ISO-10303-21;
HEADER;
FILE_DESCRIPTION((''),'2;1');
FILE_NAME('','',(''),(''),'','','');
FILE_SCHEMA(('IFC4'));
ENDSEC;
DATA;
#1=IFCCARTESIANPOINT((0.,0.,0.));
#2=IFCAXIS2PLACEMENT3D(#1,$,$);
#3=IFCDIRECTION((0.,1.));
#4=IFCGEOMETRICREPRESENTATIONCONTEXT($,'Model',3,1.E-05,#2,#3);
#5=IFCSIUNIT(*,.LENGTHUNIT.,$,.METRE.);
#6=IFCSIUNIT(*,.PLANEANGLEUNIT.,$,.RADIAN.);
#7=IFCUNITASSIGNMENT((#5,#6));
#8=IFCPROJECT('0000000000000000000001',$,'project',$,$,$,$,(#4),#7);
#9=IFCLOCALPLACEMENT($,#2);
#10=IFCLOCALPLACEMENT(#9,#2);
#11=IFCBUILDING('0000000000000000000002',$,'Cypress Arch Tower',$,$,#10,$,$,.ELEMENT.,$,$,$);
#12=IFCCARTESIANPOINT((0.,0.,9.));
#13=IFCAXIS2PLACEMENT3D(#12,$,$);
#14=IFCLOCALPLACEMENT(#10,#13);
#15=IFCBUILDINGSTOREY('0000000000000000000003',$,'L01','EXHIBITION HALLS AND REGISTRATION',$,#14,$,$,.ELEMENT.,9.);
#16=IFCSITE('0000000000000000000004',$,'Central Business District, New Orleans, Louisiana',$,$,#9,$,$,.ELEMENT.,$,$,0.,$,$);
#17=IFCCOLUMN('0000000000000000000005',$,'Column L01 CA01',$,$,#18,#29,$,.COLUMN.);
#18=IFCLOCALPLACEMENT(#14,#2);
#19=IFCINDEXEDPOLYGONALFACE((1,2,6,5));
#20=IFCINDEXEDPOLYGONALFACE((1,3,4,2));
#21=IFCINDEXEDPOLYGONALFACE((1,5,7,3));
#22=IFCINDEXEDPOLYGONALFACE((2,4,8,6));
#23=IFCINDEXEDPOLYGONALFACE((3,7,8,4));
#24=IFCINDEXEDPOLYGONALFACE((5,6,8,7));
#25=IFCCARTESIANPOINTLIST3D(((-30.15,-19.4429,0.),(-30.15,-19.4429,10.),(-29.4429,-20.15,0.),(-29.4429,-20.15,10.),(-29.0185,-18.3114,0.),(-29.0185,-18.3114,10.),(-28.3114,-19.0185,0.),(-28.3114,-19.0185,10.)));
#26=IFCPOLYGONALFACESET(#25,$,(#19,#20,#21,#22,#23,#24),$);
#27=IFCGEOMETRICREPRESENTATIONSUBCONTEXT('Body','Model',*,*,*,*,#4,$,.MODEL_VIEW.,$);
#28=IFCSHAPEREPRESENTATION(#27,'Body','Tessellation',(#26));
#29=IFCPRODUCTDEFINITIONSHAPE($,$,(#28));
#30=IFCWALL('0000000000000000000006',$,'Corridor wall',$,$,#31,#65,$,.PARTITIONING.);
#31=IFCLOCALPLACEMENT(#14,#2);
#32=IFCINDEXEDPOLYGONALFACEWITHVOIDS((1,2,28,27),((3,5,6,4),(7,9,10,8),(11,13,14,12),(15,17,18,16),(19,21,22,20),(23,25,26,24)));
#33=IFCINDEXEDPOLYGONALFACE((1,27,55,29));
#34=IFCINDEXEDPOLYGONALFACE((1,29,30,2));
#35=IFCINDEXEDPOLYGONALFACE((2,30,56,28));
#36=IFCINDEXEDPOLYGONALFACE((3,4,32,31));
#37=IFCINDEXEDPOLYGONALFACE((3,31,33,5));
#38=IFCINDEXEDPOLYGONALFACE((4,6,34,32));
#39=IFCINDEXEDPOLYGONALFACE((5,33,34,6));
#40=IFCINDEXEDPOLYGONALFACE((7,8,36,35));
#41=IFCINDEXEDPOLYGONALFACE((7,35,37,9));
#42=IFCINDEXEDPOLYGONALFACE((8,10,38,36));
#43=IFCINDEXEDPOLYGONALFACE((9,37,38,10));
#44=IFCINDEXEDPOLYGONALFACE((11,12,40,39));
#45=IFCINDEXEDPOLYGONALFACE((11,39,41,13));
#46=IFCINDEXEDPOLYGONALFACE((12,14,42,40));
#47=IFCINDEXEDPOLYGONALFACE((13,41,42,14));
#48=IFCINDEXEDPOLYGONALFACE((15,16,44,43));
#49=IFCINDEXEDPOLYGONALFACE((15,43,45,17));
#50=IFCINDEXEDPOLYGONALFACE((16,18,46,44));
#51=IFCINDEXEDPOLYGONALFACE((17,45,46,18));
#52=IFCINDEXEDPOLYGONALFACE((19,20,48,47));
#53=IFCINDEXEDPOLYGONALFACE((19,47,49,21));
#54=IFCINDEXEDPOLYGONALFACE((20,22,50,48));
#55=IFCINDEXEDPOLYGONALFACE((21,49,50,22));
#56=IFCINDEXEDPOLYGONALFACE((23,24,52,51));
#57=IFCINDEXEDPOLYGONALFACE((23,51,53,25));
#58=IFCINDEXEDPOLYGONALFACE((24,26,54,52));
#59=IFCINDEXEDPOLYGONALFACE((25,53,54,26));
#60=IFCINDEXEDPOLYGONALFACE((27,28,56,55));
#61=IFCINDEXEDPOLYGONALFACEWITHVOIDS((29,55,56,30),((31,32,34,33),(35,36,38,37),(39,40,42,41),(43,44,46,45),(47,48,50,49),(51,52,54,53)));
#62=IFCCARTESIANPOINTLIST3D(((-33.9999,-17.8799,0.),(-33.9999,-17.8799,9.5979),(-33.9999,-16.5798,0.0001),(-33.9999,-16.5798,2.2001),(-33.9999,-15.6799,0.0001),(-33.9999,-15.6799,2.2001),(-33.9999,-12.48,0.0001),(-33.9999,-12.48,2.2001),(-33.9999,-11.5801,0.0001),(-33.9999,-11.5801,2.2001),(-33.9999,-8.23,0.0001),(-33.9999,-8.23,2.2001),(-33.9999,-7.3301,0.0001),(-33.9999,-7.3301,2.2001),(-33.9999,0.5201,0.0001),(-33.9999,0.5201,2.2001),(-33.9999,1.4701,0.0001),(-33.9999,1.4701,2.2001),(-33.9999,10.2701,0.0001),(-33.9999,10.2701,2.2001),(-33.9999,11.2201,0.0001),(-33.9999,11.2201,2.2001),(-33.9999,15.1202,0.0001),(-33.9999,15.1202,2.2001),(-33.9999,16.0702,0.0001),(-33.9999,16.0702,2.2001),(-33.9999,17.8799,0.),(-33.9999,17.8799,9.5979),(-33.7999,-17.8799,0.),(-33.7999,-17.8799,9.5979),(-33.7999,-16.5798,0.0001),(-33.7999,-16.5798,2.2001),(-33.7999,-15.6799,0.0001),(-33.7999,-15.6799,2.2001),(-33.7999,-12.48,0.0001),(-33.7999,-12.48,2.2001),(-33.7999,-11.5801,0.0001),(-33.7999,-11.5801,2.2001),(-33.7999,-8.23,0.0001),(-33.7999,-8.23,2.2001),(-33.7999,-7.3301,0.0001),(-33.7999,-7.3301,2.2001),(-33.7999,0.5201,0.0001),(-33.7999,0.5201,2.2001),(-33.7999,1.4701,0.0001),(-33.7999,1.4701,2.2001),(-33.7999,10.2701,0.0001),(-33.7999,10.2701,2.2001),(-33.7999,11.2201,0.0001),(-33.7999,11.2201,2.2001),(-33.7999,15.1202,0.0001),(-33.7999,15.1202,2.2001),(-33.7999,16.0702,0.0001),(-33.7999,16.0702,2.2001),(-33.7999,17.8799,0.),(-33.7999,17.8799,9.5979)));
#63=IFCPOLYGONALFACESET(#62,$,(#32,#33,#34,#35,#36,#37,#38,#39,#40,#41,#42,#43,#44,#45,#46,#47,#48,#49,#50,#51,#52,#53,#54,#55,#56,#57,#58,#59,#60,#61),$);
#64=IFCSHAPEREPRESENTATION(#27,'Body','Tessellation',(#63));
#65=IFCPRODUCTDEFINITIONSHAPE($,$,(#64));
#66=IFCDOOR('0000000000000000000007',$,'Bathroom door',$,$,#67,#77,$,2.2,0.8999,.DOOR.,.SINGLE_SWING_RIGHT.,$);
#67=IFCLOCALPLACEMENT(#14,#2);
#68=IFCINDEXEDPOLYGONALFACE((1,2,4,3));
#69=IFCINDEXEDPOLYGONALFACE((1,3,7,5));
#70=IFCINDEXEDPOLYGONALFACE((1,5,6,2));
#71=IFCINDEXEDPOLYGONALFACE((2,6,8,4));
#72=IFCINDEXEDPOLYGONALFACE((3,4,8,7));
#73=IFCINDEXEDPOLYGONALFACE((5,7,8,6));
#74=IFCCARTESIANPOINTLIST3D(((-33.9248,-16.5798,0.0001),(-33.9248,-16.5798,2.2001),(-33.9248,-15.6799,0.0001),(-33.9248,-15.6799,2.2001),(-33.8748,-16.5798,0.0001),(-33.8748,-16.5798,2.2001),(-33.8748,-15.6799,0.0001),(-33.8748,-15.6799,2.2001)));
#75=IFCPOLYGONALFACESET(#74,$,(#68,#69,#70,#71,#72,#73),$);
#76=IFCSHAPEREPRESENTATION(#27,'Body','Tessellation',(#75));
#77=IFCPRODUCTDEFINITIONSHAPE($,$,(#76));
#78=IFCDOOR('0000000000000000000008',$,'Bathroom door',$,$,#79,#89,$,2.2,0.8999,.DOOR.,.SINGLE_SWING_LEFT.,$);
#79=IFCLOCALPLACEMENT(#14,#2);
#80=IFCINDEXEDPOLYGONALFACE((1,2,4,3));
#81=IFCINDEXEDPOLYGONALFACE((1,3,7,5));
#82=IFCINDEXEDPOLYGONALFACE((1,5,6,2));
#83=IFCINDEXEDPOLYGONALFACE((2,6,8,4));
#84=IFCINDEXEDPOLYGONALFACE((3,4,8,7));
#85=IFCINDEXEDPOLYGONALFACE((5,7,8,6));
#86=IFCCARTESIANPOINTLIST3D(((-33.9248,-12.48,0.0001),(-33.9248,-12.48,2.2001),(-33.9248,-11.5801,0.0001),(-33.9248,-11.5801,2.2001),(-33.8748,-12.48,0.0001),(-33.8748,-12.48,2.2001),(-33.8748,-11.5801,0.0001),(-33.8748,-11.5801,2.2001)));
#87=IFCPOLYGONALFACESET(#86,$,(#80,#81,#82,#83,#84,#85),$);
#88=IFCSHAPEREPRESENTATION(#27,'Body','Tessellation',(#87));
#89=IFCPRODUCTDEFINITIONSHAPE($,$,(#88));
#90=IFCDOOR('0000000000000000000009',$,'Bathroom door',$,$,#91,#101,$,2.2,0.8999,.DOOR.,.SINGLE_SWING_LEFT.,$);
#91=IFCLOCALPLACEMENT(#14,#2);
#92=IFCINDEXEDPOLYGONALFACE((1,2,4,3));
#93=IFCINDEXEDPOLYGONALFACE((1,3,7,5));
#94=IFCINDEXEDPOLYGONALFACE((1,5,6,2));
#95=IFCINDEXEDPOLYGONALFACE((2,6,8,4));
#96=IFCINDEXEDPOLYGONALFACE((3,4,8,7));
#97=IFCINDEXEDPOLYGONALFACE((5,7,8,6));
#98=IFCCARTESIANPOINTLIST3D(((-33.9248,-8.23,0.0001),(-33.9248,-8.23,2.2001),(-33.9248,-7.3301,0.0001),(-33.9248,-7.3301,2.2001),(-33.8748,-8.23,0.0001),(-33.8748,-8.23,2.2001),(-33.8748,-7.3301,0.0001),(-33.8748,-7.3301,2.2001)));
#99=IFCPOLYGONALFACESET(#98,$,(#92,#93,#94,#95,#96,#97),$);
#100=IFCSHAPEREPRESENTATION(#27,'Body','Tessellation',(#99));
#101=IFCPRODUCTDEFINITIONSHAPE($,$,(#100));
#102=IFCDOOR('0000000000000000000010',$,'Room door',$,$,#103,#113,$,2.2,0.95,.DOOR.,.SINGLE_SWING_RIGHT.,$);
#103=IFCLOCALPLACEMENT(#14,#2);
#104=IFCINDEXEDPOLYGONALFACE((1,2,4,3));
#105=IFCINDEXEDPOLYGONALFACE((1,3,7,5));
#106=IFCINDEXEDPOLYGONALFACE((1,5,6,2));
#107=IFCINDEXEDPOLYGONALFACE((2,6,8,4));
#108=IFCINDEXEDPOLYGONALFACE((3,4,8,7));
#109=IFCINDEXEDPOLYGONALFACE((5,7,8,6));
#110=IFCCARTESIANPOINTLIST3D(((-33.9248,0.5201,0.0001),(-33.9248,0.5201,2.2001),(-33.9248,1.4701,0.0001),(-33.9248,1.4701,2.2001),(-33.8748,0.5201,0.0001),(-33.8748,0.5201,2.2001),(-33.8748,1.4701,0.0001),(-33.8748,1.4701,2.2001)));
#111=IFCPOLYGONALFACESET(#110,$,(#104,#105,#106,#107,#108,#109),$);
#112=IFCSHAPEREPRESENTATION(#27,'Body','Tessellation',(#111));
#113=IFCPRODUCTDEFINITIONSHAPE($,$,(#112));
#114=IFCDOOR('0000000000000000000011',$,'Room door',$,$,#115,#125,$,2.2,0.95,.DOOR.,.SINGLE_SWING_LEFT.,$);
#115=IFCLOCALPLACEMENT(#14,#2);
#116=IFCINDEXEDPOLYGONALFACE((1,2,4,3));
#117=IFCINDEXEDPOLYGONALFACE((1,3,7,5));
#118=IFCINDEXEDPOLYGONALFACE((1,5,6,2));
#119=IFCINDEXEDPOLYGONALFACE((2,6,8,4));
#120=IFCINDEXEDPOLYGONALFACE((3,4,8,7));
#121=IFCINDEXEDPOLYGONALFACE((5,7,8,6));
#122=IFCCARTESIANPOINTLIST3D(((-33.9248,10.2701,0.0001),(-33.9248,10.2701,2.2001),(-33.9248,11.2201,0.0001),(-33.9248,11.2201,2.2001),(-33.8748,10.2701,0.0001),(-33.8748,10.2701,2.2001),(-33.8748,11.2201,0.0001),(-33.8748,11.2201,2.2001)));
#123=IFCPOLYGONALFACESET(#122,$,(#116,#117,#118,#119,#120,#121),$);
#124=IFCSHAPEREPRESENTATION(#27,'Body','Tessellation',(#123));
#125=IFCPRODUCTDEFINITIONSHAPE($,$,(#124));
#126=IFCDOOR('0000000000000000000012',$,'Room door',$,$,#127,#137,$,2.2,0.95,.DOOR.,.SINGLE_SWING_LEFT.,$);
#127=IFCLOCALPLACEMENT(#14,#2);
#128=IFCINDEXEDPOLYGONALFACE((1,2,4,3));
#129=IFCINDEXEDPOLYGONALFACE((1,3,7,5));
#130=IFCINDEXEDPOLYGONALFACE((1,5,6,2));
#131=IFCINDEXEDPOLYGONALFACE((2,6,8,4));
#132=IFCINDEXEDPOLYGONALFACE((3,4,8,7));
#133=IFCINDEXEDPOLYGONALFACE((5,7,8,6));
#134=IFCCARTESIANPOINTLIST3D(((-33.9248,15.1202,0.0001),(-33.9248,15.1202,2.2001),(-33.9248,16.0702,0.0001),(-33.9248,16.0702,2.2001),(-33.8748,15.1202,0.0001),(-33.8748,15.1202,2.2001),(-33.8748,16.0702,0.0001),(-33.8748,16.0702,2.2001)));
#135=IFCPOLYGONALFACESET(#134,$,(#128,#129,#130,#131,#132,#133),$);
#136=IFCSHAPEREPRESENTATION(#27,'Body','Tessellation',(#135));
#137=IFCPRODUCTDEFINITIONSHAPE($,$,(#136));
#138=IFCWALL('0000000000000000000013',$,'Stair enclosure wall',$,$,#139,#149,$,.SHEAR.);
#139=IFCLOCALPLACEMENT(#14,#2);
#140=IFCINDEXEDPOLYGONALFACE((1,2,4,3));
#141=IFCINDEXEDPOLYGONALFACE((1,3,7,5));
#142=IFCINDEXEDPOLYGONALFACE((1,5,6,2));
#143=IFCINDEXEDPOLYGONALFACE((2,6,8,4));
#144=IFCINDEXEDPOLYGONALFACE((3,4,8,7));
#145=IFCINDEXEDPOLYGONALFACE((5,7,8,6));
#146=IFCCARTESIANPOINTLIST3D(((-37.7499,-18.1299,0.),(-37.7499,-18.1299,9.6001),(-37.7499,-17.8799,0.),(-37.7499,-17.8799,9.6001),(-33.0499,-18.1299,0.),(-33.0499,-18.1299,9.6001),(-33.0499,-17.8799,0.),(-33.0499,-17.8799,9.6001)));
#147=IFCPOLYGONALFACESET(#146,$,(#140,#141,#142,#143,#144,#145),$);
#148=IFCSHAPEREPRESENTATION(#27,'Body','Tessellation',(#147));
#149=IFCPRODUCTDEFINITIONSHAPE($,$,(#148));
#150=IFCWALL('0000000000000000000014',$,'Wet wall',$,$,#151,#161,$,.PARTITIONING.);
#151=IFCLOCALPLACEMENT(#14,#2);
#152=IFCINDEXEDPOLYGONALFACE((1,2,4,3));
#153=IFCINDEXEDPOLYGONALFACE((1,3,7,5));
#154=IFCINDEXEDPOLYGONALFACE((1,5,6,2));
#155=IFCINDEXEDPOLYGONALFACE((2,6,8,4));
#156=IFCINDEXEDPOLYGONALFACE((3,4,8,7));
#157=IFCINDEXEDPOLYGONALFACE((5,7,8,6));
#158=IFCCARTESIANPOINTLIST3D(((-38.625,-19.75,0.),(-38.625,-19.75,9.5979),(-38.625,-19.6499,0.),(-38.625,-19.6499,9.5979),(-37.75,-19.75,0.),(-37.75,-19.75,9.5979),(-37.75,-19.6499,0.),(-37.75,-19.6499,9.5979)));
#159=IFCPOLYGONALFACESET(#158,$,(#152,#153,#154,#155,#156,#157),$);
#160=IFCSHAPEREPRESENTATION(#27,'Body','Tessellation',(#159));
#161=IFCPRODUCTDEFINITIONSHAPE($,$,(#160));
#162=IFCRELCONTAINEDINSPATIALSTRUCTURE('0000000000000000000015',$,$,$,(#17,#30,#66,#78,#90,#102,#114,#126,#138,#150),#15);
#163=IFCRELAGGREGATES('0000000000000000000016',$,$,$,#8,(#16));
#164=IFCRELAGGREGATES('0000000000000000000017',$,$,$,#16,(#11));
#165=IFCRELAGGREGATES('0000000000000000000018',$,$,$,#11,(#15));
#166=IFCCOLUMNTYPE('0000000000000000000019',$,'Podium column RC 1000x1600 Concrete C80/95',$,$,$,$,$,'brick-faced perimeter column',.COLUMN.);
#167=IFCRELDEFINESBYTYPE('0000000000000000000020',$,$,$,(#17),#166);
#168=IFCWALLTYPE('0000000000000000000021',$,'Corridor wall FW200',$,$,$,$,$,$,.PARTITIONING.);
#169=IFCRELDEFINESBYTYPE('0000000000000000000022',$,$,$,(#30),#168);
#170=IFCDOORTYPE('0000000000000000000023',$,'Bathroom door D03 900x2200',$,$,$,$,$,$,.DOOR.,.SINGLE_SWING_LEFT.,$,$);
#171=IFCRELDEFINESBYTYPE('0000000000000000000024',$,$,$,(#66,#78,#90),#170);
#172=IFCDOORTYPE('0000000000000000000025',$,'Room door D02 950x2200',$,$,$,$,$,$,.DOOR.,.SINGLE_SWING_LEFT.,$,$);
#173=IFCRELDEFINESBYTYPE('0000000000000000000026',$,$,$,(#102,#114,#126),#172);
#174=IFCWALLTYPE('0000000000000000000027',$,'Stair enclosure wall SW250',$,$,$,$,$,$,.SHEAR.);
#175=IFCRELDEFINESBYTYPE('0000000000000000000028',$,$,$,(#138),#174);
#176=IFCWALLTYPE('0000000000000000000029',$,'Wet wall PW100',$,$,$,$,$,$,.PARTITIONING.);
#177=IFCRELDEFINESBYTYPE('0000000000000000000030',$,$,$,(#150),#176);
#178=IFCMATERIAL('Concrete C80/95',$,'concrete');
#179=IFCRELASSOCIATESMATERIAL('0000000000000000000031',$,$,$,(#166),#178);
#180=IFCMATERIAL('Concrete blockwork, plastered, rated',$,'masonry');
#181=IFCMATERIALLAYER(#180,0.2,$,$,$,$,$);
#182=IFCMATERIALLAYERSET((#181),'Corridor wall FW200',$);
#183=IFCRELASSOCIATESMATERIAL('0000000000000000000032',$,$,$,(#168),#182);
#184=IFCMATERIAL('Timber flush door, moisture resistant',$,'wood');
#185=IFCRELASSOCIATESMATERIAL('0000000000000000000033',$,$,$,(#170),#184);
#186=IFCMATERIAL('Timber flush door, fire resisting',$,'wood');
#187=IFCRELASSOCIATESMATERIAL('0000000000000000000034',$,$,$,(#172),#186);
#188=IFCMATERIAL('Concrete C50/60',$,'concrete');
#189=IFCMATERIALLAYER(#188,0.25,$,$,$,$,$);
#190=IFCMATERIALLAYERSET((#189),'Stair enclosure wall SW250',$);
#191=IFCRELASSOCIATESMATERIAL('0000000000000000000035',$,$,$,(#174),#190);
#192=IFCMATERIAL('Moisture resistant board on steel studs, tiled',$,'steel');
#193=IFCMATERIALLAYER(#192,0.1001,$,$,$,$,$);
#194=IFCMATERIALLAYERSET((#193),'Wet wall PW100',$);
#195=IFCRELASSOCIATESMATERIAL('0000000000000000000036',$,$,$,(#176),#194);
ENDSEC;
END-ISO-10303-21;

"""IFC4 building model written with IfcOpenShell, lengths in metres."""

from ifc_helpers import new_model, si_unit, direction, frame, frame_2d, origin, origin_2d, place, context, subcontext, project, spatial, rectangle, extrude, material, layer, layer_set, material_profile, profile_set, type_object, element, fill, save


model = new_model("IFC4")

# Units and contexts
model_context = context("Model", 3, precision=1e-05, world=origin(), true_north=direction((0.0, 1.0)))
body_context = subcontext(model_context, "Body", "Model", "MODEL_VIEW")
ifc_project = project(units=[si_unit("LENGTHUNIT", "METRE"), si_unit("PLANEANGLEUNIT", "RADIAN")], contexts=[model_context])

# Site, building, storey
site_placement = place(None, origin())
site = spatial("IfcSite", under=ifc_project, at=site_placement, Name="Central Business District, New Orleans, Louisiana", CompositionType="ELEMENT", RefElevation=0.0)
building_placement = place(site_placement, origin())
building = spatial("IfcBuilding", under=site, at=building_placement, Name="Cypress Arch Tower", CompositionType="ELEMENT")
storey_placement = place(building_placement, frame((0.0, 0.0, 9.0)))
storey = spatial("IfcBuildingStorey", under=building, at=storey_placement, Name="L01", Description="EXHIBITION HALLS AND REGISTRATION", CompositionType="ELEMENT", Elevation=9.0)

# Column
ifc_material_1 = material(Name="Concrete C80/95", Category="concrete")
ifc_material_profile = material_profile(ifc_material_1, rectangle(XDim=1.0, YDim=1.6001, at=origin_2d()), Name="RC 1000x1600")
ifc_profile_set = profile_set([ifc_material_profile], Name="Concrete C80/95")
column_type = type_object("IfcColumnType", Name="Podium column RC 1000x1600 Concrete C80/95", ElementType="brick-faced perimeter column", PredefinedType="COLUMN", material=ifc_profile_set)
column_placement = place(storey_placement, frame((-29.2307, -19.2307, 0.0), z_axis=(0.0, 0.0, 1.0), x_axis=(0.707107, -0.707107, 0.0)))
element("IfcColumn", 1, at=column_placement, inside=storey, type_object=column_type, Name="Column L01 CA01", PredefinedType="COLUMN", context=body_context, shape_type="SweptSolid", body=[
    extrude(rectangle(XDim=1.0, YDim=1.6001, at=origin_2d()), origin(), (0.0, 0.0, 1.0), 10.0),
])

# Wall, openings, doors
ifc_material_2 = material(Name="Concrete blockwork, plastered, rated", Category="masonry")
ifc_layer_1 = layer(ifc_material_2, 0.2)
ifc_layer_set_1 = layer_set([ifc_layer_1], Name="Corridor wall FW200")
wall_type_1 = type_object("IfcWallType", Name="Corridor wall FW200", PredefinedType="PARTITIONING", material=ifc_layer_set_1)
wall_1_placement = place(storey_placement, frame((-33.8999, -17.8799, 0.0), z_axis=(0.0, 0.0, 1.0), x_axis=(0.0, 1.0, 0.0)))
wall_1 = element("IfcWall", 2, at=wall_1_placement, inside=storey, type_object=wall_type_1, Name="Corridor wall", PredefinedType="PARTITIONING", context=body_context, shape_type="SweptSolid", body=[
    extrude(rectangle(XDim=35.7598, YDim=0.2, at=frame_2d((17.8799, 0.0))), origin(), (0.0, 0.0, 1.0), 9.5979),
])
opening_1_placement = place(wall_1_placement, frame((1.3, 0.0, 0.0)))
opening_1 = element("IfcOpeningElement", 3, at=opening_1_placement, cuts=wall_1, PredefinedType="OPENING", context=body_context, shape_type="SweptSolid", body=[
    extrude(rectangle(XDim=0.8999, YDim=2.2, at=frame_2d((0.45, 1.1001))), frame((0.0, 0.1099, 0.0), z_axis=(0.0, -1.0, 0.0), x_axis=(1.0, 0.0, 0.0)), (0.0, 0.0, 1.0), 0.22),
])
opening_2_placement = place(wall_1_placement, frame((5.3999, 0.0, 0.0)))
opening_2 = element("IfcOpeningElement", 4, at=opening_2_placement, cuts=wall_1, PredefinedType="OPENING", context=body_context, shape_type="SweptSolid", body=[
    extrude(rectangle(XDim=0.8999, YDim=2.2, at=frame_2d((0.45, 1.1001))), frame((0.0, 0.1099, 0.0), z_axis=(0.0, -1.0, 0.0), x_axis=(1.0, 0.0, 0.0)), (0.0, 0.0, 1.0), 0.22),
])
opening_3_placement = place(wall_1_placement, frame((9.6499, 0.0, 0.0)))
opening_3 = element("IfcOpeningElement", 5, at=opening_3_placement, cuts=wall_1, PredefinedType="OPENING", context=body_context, shape_type="SweptSolid", body=[
    extrude(rectangle(XDim=0.8999, YDim=2.2, at=frame_2d((0.45, 1.1001))), frame((0.0, 0.1099, 0.0), z_axis=(0.0, -1.0, 0.0), x_axis=(1.0, 0.0, 0.0)), (0.0, 0.0, 1.0), 0.22),
])
opening_4_placement = place(wall_1_placement, frame((18.3999, 0.0, 0.0)))
opening_4 = element("IfcOpeningElement", 6, at=opening_4_placement, cuts=wall_1, PredefinedType="OPENING", context=body_context, shape_type="SweptSolid", body=[
    extrude(rectangle(XDim=0.95, YDim=2.2, at=frame_2d((0.4751, 1.1001))), frame((0.0, 0.1099, 0.0), z_axis=(0.0, -1.0, 0.0), x_axis=(1.0, 0.0, 0.0)), (0.0, 0.0, 1.0), 0.22),
])
opening_5_placement = place(wall_1_placement, frame((28.1499, 0.0, 0.0)))
opening_5 = element("IfcOpeningElement", 7, at=opening_5_placement, cuts=wall_1, PredefinedType="OPENING", context=body_context, shape_type="SweptSolid", body=[
    extrude(rectangle(XDim=0.95, YDim=2.2, at=frame_2d((0.4751, 1.1001))), frame((0.0, 0.1099, 0.0), z_axis=(0.0, -1.0, 0.0), x_axis=(1.0, 0.0, 0.0)), (0.0, 0.0, 1.0), 0.22),
])
opening_6_placement = place(wall_1_placement, frame((33.0, 0.0, 0.0)))
opening_6 = element("IfcOpeningElement", 8, at=opening_6_placement, cuts=wall_1, PredefinedType="OPENING", context=body_context, shape_type="SweptSolid", body=[
    extrude(rectangle(XDim=0.95, YDim=2.2, at=frame_2d((0.4751, 1.1001))), frame((0.0, 0.1099, 0.0), z_axis=(0.0, -1.0, 0.0), x_axis=(1.0, 0.0, 0.0)), (0.0, 0.0, 1.0), 0.22),
])
ifc_material_3 = material(Name="Timber flush door, moisture resistant", Category="wood")
door_type_1 = type_object("IfcDoorType", Name="Bathroom door D03 900x2200", OperationType="SINGLE_SWING_LEFT", PredefinedType="DOOR", material=ifc_material_3)
door_1_placement = place(opening_1_placement, origin())
door_1 = element("IfcDoor", 9, at=door_1_placement, inside=storey, type_object=door_type_1, Name="Bathroom door", OperationType="SINGLE_SWING_RIGHT", OverallHeight=2.2, OverallWidth=0.8999, PredefinedType="DOOR", context=body_context, shape_type="SweptSolid", body=[
    extrude(rectangle(XDim=0.8999, YDim=2.2, at=frame_2d((0.45, 1.1001))), frame((0.0, 0.0249, 0.0), z_axis=(0.0, -1.0, 0.0), x_axis=(1.0, 0.0, 0.0)), (0.0, 0.0, 1.0), 0.05),
])
fill(opening_1, door_1)
door_2_placement = place(opening_2_placement, origin())
door_2 = element("IfcDoor", 10, at=door_2_placement, inside=storey, type_object=door_type_1, Name="Bathroom door", OperationType="SINGLE_SWING_LEFT", OverallHeight=2.2, OverallWidth=0.8999, PredefinedType="DOOR", context=body_context, shape_type="SweptSolid", body=[
    extrude(rectangle(XDim=0.8999, YDim=2.2, at=frame_2d((0.45, 1.1001))), frame((0.0, 0.0249, 0.0), z_axis=(0.0, -1.0, 0.0), x_axis=(1.0, 0.0, 0.0)), (0.0, 0.0, 1.0), 0.05),
])
fill(opening_2, door_2)
door_3_placement = place(opening_3_placement, origin())
door_3 = element("IfcDoor", 11, at=door_3_placement, inside=storey, type_object=door_type_1, Name="Bathroom door", OperationType="SINGLE_SWING_LEFT", OverallHeight=2.2, OverallWidth=0.8999, PredefinedType="DOOR", context=body_context, shape_type="SweptSolid", body=[
    extrude(rectangle(XDim=0.8999, YDim=2.2, at=frame_2d((0.45, 1.1001))), frame((0.0, 0.0249, 0.0), z_axis=(0.0, -1.0, 0.0), x_axis=(1.0, 0.0, 0.0)), (0.0, 0.0, 1.0), 0.05),
])
fill(opening_3, door_3)
ifc_material_4 = material(Name="Timber flush door, fire resisting", Category="wood")
door_type_2 = type_object("IfcDoorType", Name="Room door D02 950x2200", OperationType="SINGLE_SWING_LEFT", PredefinedType="DOOR", material=ifc_material_4)
door_4_placement = place(opening_4_placement, origin())
door_4 = element("IfcDoor", 12, at=door_4_placement, inside=storey, type_object=door_type_2, Name="Room door", OperationType="SINGLE_SWING_RIGHT", OverallHeight=2.2, OverallWidth=0.95, PredefinedType="DOOR", context=body_context, shape_type="SweptSolid", body=[
    extrude(rectangle(XDim=0.95, YDim=2.2, at=frame_2d((0.4751, 1.1001))), frame((0.0, 0.0249, 0.0), z_axis=(0.0, -1.0, 0.0), x_axis=(1.0, 0.0, 0.0)), (0.0, 0.0, 1.0), 0.05),
])
fill(opening_4, door_4)
door_5_placement = place(opening_5_placement, origin())
door_5 = element("IfcDoor", 13, at=door_5_placement, inside=storey, type_object=door_type_2, Name="Room door", OperationType="SINGLE_SWING_LEFT", OverallHeight=2.2, OverallWidth=0.95, PredefinedType="DOOR", context=body_context, shape_type="SweptSolid", body=[
    extrude(rectangle(XDim=0.95, YDim=2.2, at=frame_2d((0.4751, 1.1001))), frame((0.0, 0.0249, 0.0), z_axis=(0.0, -1.0, 0.0), x_axis=(1.0, 0.0, 0.0)), (0.0, 0.0, 1.0), 0.05),
])
fill(opening_5, door_5)
door_6_placement = place(opening_6_placement, origin())
door_6 = element("IfcDoor", 14, at=door_6_placement, inside=storey, type_object=door_type_2, Name="Room door", OperationType="SINGLE_SWING_LEFT", OverallHeight=2.2, OverallWidth=0.95, PredefinedType="DOOR", context=body_context, shape_type="SweptSolid", body=[
    extrude(rectangle(XDim=0.95, YDim=2.2, at=frame_2d((0.4751, 1.1001))), frame((0.0, 0.0249, 0.0), z_axis=(0.0, -1.0, 0.0), x_axis=(1.0, 0.0, 0.0)), (0.0, 0.0, 1.0), 0.05),
])
fill(opening_6, door_6)

# Walls
ifc_material_5 = material(Name="Concrete C50/60", Category="concrete")
ifc_layer_2 = layer(ifc_material_5, 0.25)
ifc_layer_set_2 = layer_set([ifc_layer_2], Name="Stair enclosure wall SW250")
wall_type_2 = type_object("IfcWallType", Name="Stair enclosure wall SW250", PredefinedType="SHEAR", material=ifc_layer_set_2)
wall_2_placement = place(storey_placement, frame((-37.75, -18.0049, 0.0), z_axis=(0.0, 0.0, 1.0), x_axis=(1.0, 0.0, 0.0)))
element("IfcWall", 15, at=wall_2_placement, inside=storey, type_object=wall_type_2, Name="Stair enclosure wall", PredefinedType="SHEAR", context=body_context, shape_type="SweptSolid", body=[
    extrude(rectangle(XDim=4.7, YDim=0.25, at=frame_2d((2.3501, 0.0))), origin(), (0.0, 0.0, 1.0), 9.6001),
])
ifc_material_6 = material(Name="Moisture resistant board on steel studs, tiled", Category="steel")
ifc_layer_3 = layer(ifc_material_6, 0.1001)
ifc_layer_set_3 = layer_set([ifc_layer_3], Name="Wet wall PW100")
wall_type_3 = type_object("IfcWallType", Name="Wet wall PW100", PredefinedType="PARTITIONING", material=ifc_layer_set_3)
wall_3_placement = place(storey_placement, frame((-38.625, -19.7, 0.0), z_axis=(0.0, 0.0, 1.0), x_axis=(1.0, 0.0, 0.0)))
element("IfcWall", 16, at=wall_3_placement, inside=storey, type_object=wall_type_3, Name="Wet wall", PredefinedType="PARTITIONING", context=body_context, shape_type="SweptSolid", body=[
    extrude(rectangle(XDim=0.875, YDim=0.1001, at=frame_2d((0.4375, 0.0))), origin(), (0.0, 0.0, 1.0), 9.5979),
])

save(model, "model.ifc")
